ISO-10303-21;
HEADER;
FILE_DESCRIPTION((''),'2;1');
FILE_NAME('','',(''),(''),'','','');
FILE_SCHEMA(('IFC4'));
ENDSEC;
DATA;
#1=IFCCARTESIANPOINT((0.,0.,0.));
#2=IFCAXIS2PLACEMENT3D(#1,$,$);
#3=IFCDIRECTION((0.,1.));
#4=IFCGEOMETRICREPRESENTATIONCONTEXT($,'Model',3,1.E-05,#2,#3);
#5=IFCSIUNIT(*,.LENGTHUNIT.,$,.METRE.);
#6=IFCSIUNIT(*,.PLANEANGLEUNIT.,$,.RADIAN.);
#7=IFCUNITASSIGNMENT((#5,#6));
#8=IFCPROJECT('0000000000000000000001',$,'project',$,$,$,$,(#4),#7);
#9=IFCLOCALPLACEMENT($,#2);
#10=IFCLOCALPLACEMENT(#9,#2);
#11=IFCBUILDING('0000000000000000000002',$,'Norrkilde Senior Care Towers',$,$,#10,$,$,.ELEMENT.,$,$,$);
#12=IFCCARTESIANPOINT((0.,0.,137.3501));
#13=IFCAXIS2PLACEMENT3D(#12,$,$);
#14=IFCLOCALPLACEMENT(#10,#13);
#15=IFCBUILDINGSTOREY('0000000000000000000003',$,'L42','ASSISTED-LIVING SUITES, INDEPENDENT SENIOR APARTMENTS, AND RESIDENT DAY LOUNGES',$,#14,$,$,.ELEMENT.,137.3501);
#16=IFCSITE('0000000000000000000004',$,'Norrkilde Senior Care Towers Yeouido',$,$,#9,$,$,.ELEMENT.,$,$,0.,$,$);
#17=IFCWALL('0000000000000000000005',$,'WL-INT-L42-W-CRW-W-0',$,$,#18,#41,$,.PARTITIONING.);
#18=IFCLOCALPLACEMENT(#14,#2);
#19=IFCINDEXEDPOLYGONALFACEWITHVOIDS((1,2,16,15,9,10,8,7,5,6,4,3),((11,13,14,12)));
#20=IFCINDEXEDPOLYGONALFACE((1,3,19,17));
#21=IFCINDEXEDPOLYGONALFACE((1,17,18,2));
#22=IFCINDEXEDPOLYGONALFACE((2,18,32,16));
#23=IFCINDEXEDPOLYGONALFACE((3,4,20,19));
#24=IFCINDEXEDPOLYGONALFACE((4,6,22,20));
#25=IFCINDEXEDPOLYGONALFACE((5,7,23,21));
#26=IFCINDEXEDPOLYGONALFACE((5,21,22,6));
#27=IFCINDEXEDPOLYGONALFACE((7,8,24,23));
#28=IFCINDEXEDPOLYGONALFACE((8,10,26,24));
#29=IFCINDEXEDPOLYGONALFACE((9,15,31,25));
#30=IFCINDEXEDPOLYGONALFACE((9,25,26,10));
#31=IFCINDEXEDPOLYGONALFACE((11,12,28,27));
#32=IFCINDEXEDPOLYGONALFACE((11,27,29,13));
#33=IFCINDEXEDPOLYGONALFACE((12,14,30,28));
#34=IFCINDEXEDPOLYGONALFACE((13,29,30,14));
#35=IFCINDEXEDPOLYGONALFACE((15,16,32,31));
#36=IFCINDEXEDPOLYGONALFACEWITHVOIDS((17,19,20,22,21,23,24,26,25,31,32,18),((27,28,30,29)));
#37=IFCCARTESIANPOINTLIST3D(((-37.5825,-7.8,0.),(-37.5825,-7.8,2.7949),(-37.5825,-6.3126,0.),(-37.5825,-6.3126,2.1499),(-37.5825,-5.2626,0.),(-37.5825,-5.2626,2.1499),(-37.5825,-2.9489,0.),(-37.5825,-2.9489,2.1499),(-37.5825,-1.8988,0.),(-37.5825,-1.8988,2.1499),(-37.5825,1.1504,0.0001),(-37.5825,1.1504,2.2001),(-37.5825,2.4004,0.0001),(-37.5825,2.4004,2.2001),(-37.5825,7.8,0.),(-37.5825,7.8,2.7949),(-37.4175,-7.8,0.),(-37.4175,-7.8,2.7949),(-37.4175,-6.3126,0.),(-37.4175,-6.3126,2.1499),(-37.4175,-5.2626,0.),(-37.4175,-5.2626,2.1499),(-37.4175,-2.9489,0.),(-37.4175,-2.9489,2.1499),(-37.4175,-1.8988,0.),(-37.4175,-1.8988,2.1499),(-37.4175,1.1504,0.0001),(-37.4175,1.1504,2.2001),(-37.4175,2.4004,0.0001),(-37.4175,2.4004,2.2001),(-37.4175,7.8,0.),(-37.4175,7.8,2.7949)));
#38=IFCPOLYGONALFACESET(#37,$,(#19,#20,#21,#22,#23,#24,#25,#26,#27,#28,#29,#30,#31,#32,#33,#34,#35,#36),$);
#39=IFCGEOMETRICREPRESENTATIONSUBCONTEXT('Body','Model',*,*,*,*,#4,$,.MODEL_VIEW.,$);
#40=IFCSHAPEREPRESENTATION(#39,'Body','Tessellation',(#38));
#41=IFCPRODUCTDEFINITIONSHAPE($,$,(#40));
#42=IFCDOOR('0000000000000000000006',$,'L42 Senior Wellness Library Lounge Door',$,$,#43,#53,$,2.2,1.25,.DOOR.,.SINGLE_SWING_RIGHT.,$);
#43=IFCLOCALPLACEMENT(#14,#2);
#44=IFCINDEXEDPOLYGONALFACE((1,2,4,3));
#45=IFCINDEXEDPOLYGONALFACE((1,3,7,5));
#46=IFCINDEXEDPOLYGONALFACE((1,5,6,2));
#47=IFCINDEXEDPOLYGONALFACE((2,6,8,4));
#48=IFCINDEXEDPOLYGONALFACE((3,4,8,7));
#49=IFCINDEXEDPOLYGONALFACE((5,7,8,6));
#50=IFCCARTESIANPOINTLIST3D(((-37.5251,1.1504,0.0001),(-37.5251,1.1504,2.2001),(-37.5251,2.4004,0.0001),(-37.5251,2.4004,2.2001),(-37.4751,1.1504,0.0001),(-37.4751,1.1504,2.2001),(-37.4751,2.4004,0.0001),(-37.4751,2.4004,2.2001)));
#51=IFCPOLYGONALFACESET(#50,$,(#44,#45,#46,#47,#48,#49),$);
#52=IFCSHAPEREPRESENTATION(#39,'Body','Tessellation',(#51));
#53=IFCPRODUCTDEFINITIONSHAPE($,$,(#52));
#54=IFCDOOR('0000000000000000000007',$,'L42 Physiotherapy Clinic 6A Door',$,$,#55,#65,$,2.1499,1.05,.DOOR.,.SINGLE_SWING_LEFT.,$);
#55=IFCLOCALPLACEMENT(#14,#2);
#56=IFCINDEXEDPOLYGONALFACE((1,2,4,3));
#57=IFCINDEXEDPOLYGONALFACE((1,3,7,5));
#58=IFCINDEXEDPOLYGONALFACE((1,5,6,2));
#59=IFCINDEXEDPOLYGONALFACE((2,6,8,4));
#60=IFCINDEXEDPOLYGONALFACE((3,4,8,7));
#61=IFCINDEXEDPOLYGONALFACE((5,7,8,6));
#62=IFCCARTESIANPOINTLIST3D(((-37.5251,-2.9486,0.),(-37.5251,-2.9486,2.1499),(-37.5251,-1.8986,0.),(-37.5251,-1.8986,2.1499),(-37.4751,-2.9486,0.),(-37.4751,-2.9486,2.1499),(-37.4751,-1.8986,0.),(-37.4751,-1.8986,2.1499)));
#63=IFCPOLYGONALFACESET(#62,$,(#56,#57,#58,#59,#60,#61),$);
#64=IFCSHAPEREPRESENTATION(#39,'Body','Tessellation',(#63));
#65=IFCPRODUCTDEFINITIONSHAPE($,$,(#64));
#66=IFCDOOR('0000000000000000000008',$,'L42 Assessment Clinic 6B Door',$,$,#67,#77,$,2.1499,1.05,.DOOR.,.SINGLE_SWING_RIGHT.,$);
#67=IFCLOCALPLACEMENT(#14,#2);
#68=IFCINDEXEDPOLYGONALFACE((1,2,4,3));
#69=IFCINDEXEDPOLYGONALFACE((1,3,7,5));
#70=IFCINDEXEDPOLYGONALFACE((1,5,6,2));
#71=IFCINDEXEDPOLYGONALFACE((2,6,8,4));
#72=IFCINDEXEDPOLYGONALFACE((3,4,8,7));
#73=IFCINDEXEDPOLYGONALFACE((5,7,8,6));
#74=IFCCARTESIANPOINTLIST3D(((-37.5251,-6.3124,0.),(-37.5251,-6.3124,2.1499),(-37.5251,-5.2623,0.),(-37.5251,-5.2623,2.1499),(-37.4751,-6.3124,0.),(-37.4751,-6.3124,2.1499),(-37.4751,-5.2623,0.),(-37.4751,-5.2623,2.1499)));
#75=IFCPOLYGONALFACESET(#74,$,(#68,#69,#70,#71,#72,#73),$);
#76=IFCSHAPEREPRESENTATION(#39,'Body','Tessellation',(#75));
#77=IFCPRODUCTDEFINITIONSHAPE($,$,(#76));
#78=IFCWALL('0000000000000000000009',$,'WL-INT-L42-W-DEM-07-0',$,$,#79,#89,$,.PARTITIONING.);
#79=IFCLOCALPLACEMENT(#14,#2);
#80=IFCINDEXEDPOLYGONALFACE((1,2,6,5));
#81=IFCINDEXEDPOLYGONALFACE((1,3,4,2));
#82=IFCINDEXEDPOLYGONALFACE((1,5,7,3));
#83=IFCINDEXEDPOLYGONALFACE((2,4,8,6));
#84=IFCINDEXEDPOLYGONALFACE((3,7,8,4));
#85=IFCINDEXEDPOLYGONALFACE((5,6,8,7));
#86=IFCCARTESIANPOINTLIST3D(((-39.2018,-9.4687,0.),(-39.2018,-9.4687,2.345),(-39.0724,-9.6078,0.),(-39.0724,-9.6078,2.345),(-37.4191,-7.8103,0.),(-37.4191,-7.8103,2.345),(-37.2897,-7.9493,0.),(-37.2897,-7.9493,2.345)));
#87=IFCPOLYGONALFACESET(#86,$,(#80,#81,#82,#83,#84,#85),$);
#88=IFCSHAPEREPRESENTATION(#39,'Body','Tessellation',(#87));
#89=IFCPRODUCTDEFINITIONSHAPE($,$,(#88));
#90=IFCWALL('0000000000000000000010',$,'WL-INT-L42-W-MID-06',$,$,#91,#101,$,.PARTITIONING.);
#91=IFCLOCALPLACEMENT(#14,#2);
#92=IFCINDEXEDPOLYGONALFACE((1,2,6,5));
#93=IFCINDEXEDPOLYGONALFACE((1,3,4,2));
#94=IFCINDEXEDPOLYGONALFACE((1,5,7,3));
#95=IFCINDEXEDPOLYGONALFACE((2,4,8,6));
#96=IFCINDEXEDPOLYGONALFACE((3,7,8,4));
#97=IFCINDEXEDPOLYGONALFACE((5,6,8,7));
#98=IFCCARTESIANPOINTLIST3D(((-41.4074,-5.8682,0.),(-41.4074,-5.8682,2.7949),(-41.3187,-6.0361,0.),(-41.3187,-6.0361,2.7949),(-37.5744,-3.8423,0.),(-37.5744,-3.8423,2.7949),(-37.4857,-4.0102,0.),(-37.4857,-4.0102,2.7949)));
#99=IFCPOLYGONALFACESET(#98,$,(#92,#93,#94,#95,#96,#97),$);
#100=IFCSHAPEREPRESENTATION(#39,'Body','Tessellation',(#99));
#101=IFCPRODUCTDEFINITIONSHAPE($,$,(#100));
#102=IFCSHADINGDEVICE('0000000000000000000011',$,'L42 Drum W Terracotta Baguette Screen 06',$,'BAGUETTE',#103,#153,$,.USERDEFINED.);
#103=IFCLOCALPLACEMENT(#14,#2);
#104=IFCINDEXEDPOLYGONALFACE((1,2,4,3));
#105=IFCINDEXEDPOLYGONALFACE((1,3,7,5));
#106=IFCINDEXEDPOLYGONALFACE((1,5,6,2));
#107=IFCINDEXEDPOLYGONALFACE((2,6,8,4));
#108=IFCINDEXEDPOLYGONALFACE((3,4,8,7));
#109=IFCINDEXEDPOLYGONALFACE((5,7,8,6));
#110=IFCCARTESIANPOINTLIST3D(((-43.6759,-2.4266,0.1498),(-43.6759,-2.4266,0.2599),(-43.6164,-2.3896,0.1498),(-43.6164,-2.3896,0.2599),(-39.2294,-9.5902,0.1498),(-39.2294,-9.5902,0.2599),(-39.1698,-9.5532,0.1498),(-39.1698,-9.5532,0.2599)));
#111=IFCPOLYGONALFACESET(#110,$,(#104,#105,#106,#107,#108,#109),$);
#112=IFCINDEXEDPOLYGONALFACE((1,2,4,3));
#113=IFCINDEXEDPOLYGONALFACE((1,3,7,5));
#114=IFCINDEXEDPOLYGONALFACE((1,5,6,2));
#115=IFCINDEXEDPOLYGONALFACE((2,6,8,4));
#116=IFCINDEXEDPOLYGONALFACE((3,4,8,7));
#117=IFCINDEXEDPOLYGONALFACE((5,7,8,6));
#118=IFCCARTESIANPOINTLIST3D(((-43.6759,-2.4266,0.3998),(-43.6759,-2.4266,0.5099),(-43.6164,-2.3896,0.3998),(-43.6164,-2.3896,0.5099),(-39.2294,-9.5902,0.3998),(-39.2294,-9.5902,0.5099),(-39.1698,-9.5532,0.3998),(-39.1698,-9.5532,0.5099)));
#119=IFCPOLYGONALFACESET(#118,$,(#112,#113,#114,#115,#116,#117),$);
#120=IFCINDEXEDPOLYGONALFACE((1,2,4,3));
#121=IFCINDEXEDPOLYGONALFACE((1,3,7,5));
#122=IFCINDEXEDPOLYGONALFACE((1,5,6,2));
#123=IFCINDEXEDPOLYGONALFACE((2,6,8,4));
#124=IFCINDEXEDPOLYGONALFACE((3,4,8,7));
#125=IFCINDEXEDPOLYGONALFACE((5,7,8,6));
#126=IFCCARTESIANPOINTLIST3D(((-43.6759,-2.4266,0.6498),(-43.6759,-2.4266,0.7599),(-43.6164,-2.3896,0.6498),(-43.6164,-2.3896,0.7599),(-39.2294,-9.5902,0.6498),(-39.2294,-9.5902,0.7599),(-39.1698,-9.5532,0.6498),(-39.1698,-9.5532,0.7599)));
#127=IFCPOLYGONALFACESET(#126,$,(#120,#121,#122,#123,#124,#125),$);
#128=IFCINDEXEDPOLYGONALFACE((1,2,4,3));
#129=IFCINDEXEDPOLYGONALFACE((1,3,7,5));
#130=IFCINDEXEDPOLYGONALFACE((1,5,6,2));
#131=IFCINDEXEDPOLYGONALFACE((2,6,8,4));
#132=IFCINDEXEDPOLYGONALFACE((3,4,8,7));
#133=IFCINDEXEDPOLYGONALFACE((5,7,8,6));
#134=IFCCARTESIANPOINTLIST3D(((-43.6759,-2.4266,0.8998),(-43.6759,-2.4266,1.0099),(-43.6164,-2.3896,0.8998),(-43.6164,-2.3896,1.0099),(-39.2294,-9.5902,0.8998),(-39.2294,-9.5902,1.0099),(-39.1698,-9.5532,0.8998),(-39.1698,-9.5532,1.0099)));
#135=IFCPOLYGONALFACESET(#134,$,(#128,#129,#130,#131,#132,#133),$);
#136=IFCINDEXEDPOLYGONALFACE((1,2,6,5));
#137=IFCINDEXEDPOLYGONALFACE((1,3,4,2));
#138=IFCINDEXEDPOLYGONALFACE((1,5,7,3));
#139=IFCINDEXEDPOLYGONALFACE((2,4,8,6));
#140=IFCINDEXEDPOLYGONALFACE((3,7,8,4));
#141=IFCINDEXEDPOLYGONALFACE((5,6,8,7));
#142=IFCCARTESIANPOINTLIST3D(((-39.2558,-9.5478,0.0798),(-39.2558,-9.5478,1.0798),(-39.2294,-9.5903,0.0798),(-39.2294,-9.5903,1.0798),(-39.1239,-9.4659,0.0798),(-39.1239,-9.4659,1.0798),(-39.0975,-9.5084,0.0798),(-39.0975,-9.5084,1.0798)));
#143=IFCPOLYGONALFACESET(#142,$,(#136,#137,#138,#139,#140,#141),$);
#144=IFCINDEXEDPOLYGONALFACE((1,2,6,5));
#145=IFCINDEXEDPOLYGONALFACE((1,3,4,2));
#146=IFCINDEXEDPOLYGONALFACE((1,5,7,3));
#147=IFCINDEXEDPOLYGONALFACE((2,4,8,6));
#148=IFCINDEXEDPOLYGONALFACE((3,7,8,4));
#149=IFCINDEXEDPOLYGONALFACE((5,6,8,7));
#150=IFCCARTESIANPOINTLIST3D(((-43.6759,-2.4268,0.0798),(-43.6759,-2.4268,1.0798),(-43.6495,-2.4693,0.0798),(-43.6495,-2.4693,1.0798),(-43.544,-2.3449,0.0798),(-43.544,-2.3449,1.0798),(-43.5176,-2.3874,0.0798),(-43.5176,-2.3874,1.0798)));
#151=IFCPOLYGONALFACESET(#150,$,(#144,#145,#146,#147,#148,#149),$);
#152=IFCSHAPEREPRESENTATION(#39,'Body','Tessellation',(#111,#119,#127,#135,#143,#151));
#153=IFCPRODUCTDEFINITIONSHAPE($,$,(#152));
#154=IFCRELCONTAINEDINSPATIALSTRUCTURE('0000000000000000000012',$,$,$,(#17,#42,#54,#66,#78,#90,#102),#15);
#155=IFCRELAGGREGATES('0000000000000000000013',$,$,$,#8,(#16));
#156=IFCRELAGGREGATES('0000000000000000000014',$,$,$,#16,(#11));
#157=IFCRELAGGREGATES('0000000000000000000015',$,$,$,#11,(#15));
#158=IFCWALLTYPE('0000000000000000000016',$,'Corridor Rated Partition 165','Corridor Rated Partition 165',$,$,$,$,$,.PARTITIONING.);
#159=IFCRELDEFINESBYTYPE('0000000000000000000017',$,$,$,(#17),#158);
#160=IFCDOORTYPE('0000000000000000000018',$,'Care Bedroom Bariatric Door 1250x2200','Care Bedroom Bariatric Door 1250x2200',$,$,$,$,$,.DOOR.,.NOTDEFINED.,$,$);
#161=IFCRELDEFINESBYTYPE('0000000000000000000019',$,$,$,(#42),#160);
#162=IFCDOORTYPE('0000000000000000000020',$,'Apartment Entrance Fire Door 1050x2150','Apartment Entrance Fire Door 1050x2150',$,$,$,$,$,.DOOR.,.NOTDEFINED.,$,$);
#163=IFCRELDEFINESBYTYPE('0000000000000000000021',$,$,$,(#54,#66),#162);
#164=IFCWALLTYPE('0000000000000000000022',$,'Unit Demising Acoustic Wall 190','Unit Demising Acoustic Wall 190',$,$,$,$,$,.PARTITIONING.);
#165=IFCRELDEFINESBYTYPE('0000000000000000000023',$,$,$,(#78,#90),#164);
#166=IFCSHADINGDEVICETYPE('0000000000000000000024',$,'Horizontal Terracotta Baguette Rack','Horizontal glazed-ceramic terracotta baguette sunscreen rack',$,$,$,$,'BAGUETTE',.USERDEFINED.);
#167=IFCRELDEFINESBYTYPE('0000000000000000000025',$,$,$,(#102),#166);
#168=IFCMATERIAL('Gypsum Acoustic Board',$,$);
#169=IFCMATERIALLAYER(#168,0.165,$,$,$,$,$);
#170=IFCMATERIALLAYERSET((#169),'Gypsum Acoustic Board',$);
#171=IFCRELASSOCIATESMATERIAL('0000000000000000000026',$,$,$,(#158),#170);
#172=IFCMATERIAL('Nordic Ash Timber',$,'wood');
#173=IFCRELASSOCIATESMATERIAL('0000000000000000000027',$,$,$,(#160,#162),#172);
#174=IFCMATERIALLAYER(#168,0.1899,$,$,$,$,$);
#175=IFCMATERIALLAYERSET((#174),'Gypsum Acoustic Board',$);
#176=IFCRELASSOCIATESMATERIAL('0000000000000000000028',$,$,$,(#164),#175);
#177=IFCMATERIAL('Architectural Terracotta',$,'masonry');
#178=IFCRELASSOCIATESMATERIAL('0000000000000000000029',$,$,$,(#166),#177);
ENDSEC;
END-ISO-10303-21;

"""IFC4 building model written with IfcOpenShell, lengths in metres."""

from ifc_helpers import new_model, si_unit, direction, frame, frame_2d, origin, origin_2d, place, context, subcontext, project, spatial, rectangle, extrude, source, transform, mapped, material, layer, layer_set, type_object, type_shapes, element, fill, save


model = new_model("IFC4")

# Units and contexts
model_context = context("Model", 3, precision=1e-05, world=origin(), true_north=direction((0.0, 1.0)))
body_context = subcontext(model_context, "Body", "Model", "MODEL_VIEW")
ifc_project = project(units=[si_unit("LENGTHUNIT", "METRE"), si_unit("PLANEANGLEUNIT", "RADIAN")], contexts=[model_context])

# Site, building, storey
site_placement = place(None, origin())
site = spatial("IfcSite", under=ifc_project, at=site_placement, Name="Norrkilde Senior Care Towers Yeouido", CompositionType="ELEMENT", RefElevation=0.0)
building_placement = place(site_placement, origin())
building = spatial("IfcBuilding", under=site, at=building_placement, Name="Norrkilde Senior Care Towers", CompositionType="ELEMENT")
storey_placement = place(building_placement, frame((0.0, 0.0, 137.3501)))
storey = spatial("IfcBuildingStorey", under=building, at=storey_placement, Name="L42", Description="ASSISTED-LIVING SUITES, INDEPENDENT SENIOR APARTMENTS, AND RESIDENT DAY LOUNGES", CompositionType="ELEMENT", Elevation=137.3501)

# Wall, openings, doors
ifc_material_1 = material(Name="Gypsum Acoustic Board")
ifc_layer_1 = layer(ifc_material_1, 0.165)
ifc_layer_set_1 = layer_set([ifc_layer_1], Name="Gypsum Acoustic Board")
wall_type_1 = type_object("IfcWallType", Name="Corridor Rated Partition 165", Description="Corridor Rated Partition 165", PredefinedType="PARTITIONING", material=ifc_layer_set_1)
shared_shape_1 = source(origin(), body_context, "Body", "SweptSolid", [
    extrude(rectangle(XDim=15.6001, YDim=0.165, at=frame_2d((7.8, 0.0))), origin(), (0.0, 0.0, 1.0), 2.7949),
])
type_shapes(wall_type_1, [shared_shape_1])
wall_1_placement = place(storey_placement, frame((-37.5, -7.8, 0.0), z_axis=(0.0, 0.0, 1.0), x_axis=(0.0, 1.0, 0.0)))
wall_1 = element("IfcWall", 1, at=wall_1_placement, inside=storey, type_object=wall_type_1, Name="WL-INT-L42-W-CRW-W-0", PredefinedType="PARTITIONING", context=body_context, shape_type="MappedRepresentation", body=[
    mapped(shared_shape_1, transform((0.0, 0.0, 0.0), x_axis=(1.0, 0.0, 0.0), y_axis=(0.0, 1.0, 0.0), z_axis=(0.0, 0.0, 1.0), scale=1.0)),
])
opening_1_placement = place(wall_1_placement, frame((8.9504, 0.0, 0.0)))
opening_1 = element("IfcOpeningElement", 2, at=opening_1_placement, cuts=wall_1, PredefinedType="OPENING", context=body_context, shape_type="SweptSolid", body=[
    extrude(rectangle(XDim=1.25, YDim=2.2, at=frame_2d((0.625, 1.1001))), frame((0.0, 0.0925, 0.0), z_axis=(0.0, -1.0, 0.0), x_axis=(1.0, 0.0, 0.0)), (0.0, 0.0, 1.0), 0.1851),
])
opening_2_placement = place(wall_1_placement, frame((4.8513, 0.0, 0.0)))
opening_2 = element("IfcOpeningElement", 3, at=opening_2_placement, cuts=wall_1, PredefinedType="OPENING", context=body_context, shape_type="SweptSolid", body=[
    extrude(rectangle(XDim=1.05, YDim=2.1499, at=frame_2d((0.5249, 1.075))), frame((0.0, 0.0925, 0.0), z_axis=(0.0, -1.0, 0.0), x_axis=(1.0, 0.0, 0.0)), (0.0, 0.0, 1.0), 0.1851),
])
opening_3_placement = place(wall_1_placement, frame((1.4875, 0.0, 0.0)))
opening_3 = element("IfcOpeningElement", 4, at=opening_3_placement, cuts=wall_1, PredefinedType="OPENING", context=body_context, shape_type="SweptSolid", body=[
    extrude(rectangle(XDim=1.05, YDim=2.1499, at=frame_2d((0.5249, 1.075))), frame((0.0, 0.0925, 0.0), z_axis=(0.0, -1.0, 0.0), x_axis=(1.0, 0.0, 0.0)), (0.0, 0.0, 1.0), 0.1851),
])
ifc_material_2 = material(Name="Nordic Ash Timber", Category="wood")
door_type_1 = type_object("IfcDoorType", Name="Care Bedroom Bariatric Door 1250x2200", Description="Care Bedroom Bariatric Door 1250x2200", OperationType="NOTDEFINED", PredefinedType="DOOR", material=ifc_material_2)
shared_shape_2 = source(origin(), body_context, "Body", "SweptSolid", [
    extrude(rectangle(XDim=1.25, YDim=2.2, at=frame_2d((0.625, 1.1001))), frame((0.0, 0.0249, 0.0), z_axis=(0.0, -1.0, 0.0), x_axis=(1.0, 0.0, 0.0)), (0.0, 0.0, 1.0), 0.05),
])
type_shapes(door_type_1, [shared_shape_2])
door_1_placement = place(opening_1_placement, frame((1.25, 0.0, 0.0), z_axis=(0.0, 0.0, 1.0), x_axis=(-1.0, 0.0, 0.0)))
door_1 = element("IfcDoor", 5, at=door_1_placement, inside=storey, type_object=door_type_1, Name="L42 Senior Wellness Library Lounge Door", OperationType="SINGLE_SWING_RIGHT", OverallHeight=2.2, OverallWidth=1.25, PredefinedType="DOOR", context=body_context, shape_type="MappedRepresentation", body=[
    mapped(shared_shape_2, transform((0.0, 0.0, 0.0), x_axis=(1.0, 0.0, 0.0), y_axis=(0.0, 1.0, 0.0), z_axis=(0.0, 0.0, 1.0), scale=1.0)),
])
fill(opening_1, door_1)
door_type_2 = type_object("IfcDoorType", Name="Apartment Entrance Fire Door 1050x2150", Description="Apartment Entrance Fire Door 1050x2150", OperationType="NOTDEFINED", PredefinedType="DOOR", material=ifc_material_2)
shared_shape_3 = source(origin(), body_context, "Body", "SweptSolid", [
    extrude(rectangle(XDim=1.05, YDim=2.1499, at=frame_2d((0.5249, 1.075))), frame((0.0, 0.0249, 0.0), z_axis=(0.0, -1.0, 0.0), x_axis=(1.0, 0.0, 0.0)), (0.0, 0.0, 1.0), 0.05),
])
type_shapes(door_type_2, [shared_shape_3])
door_2_placement = place(opening_2_placement, frame((1.05, 0.0, 0.0), z_axis=(0.0, 0.0, 1.0), x_axis=(-1.0, 0.0, 0.0)))
door_2 = element("IfcDoor", 6, at=door_2_placement, inside=storey, type_object=door_type_2, Name="L42 Physiotherapy Clinic 6A Door", OperationType="SINGLE_SWING_LEFT", OverallHeight=2.1499, OverallWidth=1.05, PredefinedType="DOOR", context=body_context, shape_type="MappedRepresentation", body=[
    mapped(shared_shape_3, transform((0.0, 0.0, 0.0), x_axis=(1.0, 0.0, 0.0), y_axis=(0.0, 1.0, 0.0), z_axis=(0.0, 0.0, 1.0), scale=1.0)),
])
fill(opening_2, door_2)
door_3_placement = place(opening_3_placement, frame((1.05, 0.0, 0.0), z_axis=(0.0, 0.0, 1.0), x_axis=(-1.0, 0.0, 0.0)))
door_3 = element("IfcDoor", 7, at=door_3_placement, inside=storey, type_object=door_type_2, Name="L42 Assessment Clinic 6B Door", OperationType="SINGLE_SWING_RIGHT", OverallHeight=2.1499, OverallWidth=1.05, PredefinedType="DOOR", context=body_context, shape_type="MappedRepresentation", body=[
    mapped(shared_shape_3, transform((0.0, 0.0, 0.0), x_axis=(1.0, 0.0, 0.0), y_axis=(0.0, 1.0, 0.0), z_axis=(0.0, 0.0, 1.0), scale=1.0)),
])
fill(opening_3, door_3)

# Walls
ifc_layer_2 = layer(ifc_material_1, 0.1899)
ifc_layer_set_2 = layer_set([ifc_layer_2], Name="Gypsum Acoustic Board")
wall_type_2 = type_object("IfcWallType", Name="Unit Demising Acoustic Wall 190", Description="Unit Demising Acoustic Wall 190", PredefinedType="PARTITIONING", material=ifc_layer_set_2)
shared_shape_4 = source(origin(), body_context, "Body", "SweptSolid", [
    extrude(rectangle(XDim=2.4348, YDim=0.1899, at=frame_2d((1.2173, 0.0))), origin(), (0.0, 0.0, 1.0), 2.345),
])
wall_2_placement = place(storey_placement, frame((-37.3545, -7.8799, 0.0), z_axis=(0.0, 0.0, 1.0), x_axis=(-0.732165, -0.681128, 0.0)))
element("IfcWall", 8, at=wall_2_placement, inside=storey, type_object=wall_type_2, Name="WL-INT-L42-W-DEM-07-0", PredefinedType="PARTITIONING", context=body_context, shape_type="MappedRepresentation", body=[
    mapped(shared_shape_4, transform((0.0, 0.0, 0.0), x_axis=(1.0, 0.0, 0.0), y_axis=(0.0, 1.0, 0.0), z_axis=(0.0, 0.0, 1.0), scale=1.0)),
])
shared_shape_5 = source(origin(), body_context, "Body", "SweptSolid", [
    extrude(rectangle(XDim=4.3354, YDim=0.1899, at=frame_2d((2.1677, 0.0))), origin(), (0.0, 0.0, 1.0), 2.7949),
])
type_shapes(wall_type_2, [shared_shape_4, shared_shape_5])
wall_3_placement = place(storey_placement, frame((-37.53, -3.9263, 0.0), z_axis=(0.0, 0.0, 1.0), x_axis=(-0.884108, -0.467282, 0.0)))
element("IfcWall", 9, at=wall_3_placement, inside=storey, type_object=wall_type_2, Name="WL-INT-L42-W-MID-06", PredefinedType="PARTITIONING", context=body_context, shape_type="MappedRepresentation", body=[
    mapped(shared_shape_5, transform((0.0, 0.0, 0.0), x_axis=(1.0, 0.0, 0.0), y_axis=(0.0, 1.0, 0.0), z_axis=(0.0, 0.0, 1.0), scale=1.0)),
])

# Shading device
ifc_material_3 = material(Name="Architectural Terracotta", Category="masonry")
shading_device_type = type_object("IfcShadingDeviceType", Name="Horizontal Terracotta Baguette Rack", Description="Horizontal glazed-ceramic terracotta baguette sunscreen rack", ElementType="BAGUETTE", PredefinedType="USERDEFINED", material=ifc_material_3)
shared_shape_6 = source(origin(), body_context, "Body", "SweptSolid", [
    extrude(rectangle(XDim=0.0701, YDim=0.1101, at=origin_2d()), frame((0.0, 0.0901, 0.125), z_axis=(1.0, 0.0, 0.0), x_axis=(0.0, 1.0, 0.0)), (0.0, 0.0, 1.0), 8.4314),
    extrude(rectangle(XDim=0.0701, YDim=0.1101, at=origin_2d()), frame((0.0, 0.0901, 0.375), z_axis=(1.0, 0.0, 0.0), x_axis=(0.0, 1.0, 0.0)), (0.0, 0.0, 1.0), 8.4314),
    extrude(rectangle(XDim=0.0701, YDim=0.1101, at=origin_2d()), frame((0.0, 0.0901, 0.625), z_axis=(1.0, 0.0, 0.0), x_axis=(0.0, 1.0, 0.0)), (0.0, 0.0, 1.0), 8.4314),
    extrude(rectangle(XDim=0.0701, YDim=0.1101, at=origin_2d()), frame((0.0, 0.0901, 0.875), z_axis=(1.0, 0.0, 0.0), x_axis=(0.0, 1.0, 0.0)), (0.0, 0.0, 1.0), 8.4314),
    extrude(rectangle(XDim=0.05, YDim=0.1553, at=origin_2d()), frame((0.0249, 0.0476, 0.0)), (0.0, 0.0, 1.0), 1.0),
    extrude(rectangle(XDim=0.05, YDim=0.1553, at=origin_2d()), frame((8.4062, 0.0476, 0.0)), (0.0, 0.0, 1.0), 1.0),
])
type_shapes(shading_device_type, [shared_shape_6])
shading_device_placement = place(storey_placement, frame((-39.123, -9.5242, 0.0798), z_axis=(0.0, 0.0, 1.0), x_axis=(-0.527378, 0.849631, 0.0)))
element("IfcShadingDevice", 10, at=shading_device_placement, inside=storey, type_object=shading_device_type, Name="L42 Drum W Terracotta Baguette Screen 06", ObjectType="BAGUETTE", PredefinedType="USERDEFINED", context=body_context, shape_type="MappedRepresentation", body=[
    mapped(shared_shape_6, transform((0.0, 0.0, 0.0), x_axis=(1.0, 0.0, 0.0), y_axis=(0.0, 1.0, 0.0), z_axis=(0.0, 0.0, 1.0), scale=1.0)),
])

save(model, "model.ifc")
